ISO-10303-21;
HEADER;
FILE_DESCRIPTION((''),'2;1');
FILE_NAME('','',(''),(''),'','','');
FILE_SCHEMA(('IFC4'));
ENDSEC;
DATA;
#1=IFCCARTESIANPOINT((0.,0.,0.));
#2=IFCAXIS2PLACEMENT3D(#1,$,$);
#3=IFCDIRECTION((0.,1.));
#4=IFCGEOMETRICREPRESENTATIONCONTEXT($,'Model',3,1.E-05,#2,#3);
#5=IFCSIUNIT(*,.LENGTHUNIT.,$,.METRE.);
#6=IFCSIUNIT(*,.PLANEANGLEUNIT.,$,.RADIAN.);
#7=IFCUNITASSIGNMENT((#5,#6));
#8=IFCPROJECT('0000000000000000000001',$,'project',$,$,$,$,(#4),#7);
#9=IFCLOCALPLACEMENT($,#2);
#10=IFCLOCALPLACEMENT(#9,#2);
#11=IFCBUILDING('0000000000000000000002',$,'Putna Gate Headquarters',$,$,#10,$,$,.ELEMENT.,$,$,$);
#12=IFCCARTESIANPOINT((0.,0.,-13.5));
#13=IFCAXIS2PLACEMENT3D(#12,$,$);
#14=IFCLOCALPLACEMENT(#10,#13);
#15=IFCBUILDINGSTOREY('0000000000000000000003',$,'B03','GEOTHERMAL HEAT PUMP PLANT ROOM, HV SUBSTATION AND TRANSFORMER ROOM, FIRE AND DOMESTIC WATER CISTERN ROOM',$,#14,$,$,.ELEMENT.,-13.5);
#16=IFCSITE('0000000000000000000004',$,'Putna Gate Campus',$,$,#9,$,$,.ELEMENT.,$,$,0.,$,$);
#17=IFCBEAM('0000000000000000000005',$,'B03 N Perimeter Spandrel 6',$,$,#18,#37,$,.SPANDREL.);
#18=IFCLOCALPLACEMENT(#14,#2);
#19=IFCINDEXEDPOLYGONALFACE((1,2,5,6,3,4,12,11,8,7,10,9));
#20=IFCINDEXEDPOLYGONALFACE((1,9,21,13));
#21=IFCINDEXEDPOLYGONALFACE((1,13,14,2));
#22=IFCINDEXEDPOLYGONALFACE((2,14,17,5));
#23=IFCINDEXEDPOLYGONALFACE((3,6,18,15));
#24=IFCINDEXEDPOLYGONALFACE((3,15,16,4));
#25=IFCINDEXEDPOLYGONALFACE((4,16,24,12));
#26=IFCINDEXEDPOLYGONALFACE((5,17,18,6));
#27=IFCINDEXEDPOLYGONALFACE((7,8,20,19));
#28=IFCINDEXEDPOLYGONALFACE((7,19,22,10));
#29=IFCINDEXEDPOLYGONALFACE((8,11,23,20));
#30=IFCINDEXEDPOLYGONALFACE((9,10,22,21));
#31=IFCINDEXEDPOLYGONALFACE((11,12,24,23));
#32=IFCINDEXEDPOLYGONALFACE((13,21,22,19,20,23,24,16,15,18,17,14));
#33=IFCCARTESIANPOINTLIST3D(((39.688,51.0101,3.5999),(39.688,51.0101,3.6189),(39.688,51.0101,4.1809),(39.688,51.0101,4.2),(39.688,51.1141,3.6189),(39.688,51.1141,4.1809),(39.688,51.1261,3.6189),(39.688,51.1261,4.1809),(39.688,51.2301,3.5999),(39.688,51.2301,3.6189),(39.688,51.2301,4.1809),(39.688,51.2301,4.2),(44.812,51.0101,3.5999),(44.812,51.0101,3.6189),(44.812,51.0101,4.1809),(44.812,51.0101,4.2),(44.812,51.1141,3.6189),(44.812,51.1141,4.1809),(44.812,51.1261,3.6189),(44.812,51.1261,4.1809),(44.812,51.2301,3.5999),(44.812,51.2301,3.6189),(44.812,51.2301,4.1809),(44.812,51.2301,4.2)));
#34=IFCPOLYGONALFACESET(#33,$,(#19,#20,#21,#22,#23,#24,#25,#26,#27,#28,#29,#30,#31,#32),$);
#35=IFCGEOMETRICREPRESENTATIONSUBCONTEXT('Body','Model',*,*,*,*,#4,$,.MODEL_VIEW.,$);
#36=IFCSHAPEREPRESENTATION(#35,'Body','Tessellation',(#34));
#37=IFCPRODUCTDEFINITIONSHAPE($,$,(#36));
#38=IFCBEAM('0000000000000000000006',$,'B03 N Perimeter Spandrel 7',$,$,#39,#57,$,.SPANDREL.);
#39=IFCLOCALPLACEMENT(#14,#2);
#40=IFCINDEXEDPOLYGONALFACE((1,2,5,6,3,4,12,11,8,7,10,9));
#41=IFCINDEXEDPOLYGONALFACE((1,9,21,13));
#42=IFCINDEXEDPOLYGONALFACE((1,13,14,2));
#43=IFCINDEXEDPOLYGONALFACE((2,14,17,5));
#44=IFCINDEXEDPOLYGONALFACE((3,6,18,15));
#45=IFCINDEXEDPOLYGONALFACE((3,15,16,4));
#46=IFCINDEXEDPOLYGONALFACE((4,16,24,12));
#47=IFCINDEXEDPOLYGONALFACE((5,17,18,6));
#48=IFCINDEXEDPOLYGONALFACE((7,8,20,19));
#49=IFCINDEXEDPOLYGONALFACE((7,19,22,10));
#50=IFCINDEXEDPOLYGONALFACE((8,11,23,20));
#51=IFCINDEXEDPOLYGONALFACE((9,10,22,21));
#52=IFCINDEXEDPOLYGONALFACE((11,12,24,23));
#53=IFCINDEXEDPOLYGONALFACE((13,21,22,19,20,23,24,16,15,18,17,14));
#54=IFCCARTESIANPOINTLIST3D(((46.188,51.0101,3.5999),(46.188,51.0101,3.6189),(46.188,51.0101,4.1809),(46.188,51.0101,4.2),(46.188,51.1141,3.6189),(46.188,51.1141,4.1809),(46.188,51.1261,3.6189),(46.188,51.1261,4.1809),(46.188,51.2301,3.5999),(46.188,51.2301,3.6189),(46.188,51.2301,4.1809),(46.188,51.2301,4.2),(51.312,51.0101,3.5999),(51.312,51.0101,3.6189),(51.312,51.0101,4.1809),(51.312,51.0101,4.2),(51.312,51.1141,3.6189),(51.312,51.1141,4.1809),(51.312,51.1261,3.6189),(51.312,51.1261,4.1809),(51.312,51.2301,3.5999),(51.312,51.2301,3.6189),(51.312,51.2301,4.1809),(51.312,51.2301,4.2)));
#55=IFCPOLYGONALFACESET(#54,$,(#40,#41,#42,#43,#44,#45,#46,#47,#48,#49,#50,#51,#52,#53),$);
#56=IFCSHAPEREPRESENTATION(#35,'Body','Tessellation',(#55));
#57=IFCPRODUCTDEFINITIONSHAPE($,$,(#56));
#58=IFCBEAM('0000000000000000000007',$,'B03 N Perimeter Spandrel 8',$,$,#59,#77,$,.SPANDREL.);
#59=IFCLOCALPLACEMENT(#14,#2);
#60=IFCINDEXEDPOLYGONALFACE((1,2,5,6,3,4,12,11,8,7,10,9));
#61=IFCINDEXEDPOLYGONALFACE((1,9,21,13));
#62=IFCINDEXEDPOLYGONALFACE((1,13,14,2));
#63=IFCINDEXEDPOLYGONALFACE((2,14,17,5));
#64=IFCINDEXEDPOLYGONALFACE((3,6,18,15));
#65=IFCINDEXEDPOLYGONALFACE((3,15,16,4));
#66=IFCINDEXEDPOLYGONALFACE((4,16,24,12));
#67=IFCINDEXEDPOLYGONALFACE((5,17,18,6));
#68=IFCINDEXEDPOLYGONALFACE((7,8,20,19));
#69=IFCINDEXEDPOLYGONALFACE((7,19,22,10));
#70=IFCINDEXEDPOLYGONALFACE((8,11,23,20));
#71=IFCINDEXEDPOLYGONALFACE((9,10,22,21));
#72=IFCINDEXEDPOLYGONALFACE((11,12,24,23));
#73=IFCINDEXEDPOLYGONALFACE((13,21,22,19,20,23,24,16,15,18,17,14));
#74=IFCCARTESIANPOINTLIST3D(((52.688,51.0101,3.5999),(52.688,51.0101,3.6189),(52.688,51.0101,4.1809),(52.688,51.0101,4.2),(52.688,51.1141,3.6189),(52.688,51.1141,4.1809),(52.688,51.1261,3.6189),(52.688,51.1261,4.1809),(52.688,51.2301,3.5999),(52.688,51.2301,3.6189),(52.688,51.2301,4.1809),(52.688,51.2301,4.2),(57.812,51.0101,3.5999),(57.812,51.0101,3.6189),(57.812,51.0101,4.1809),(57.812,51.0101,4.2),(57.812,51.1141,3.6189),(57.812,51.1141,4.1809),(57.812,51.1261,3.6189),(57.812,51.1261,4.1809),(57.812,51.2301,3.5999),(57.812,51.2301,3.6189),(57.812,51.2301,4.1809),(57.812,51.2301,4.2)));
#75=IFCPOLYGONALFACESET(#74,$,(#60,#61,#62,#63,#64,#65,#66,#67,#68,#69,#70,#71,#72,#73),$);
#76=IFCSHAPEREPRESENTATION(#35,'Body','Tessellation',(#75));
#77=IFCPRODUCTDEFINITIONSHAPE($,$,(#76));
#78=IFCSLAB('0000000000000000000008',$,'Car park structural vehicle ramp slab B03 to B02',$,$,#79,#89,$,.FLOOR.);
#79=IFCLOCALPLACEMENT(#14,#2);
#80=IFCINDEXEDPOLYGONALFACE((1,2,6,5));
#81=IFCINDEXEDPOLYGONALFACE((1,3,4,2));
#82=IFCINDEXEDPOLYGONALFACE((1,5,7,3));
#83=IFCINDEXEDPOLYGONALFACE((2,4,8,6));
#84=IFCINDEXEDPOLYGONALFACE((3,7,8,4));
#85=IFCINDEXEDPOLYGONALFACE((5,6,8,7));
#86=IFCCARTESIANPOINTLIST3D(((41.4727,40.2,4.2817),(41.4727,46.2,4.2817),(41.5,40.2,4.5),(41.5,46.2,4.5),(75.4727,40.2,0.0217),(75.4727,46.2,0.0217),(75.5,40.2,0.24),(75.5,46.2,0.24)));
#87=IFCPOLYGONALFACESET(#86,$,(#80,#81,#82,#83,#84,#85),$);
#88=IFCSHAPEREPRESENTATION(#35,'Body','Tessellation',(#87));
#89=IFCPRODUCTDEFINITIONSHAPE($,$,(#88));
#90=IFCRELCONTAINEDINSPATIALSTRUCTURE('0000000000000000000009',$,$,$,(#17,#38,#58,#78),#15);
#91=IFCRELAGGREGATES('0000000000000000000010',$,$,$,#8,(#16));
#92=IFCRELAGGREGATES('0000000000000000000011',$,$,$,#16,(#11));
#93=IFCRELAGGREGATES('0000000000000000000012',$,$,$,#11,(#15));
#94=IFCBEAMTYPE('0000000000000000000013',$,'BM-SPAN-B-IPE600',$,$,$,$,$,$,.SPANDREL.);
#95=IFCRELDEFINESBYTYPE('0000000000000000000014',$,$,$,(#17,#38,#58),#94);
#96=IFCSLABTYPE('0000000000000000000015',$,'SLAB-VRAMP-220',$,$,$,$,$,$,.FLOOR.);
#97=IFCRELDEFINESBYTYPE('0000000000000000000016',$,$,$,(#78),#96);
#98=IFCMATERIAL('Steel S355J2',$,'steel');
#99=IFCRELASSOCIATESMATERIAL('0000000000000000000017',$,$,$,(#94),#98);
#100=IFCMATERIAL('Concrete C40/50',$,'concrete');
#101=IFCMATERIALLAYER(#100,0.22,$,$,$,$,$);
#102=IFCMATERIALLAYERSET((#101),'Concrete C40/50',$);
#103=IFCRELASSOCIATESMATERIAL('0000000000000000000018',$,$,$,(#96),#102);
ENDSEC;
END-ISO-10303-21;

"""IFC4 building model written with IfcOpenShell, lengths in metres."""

from ifc_helpers import new_model, si_unit, direction, frame, origin, origin_2d, place, context, subcontext, project, spatial, polyline, i_section, outline, extrude, material, layer, layer_set, material_profile, profile_set, type_object, element, save


model = new_model("IFC4")

# Units and contexts
model_context = context("Model", 3, precision=1e-05, world=origin(), true_north=direction((0.0, 1.0)))
body_context = subcontext(model_context, "Body", "Model", "MODEL_VIEW")
ifc_project = project(units=[si_unit("LENGTHUNIT", "METRE"), si_unit("PLANEANGLEUNIT", "RADIAN")], contexts=[model_context])

# Site, building, storey
site_placement = place(None, origin())
site = spatial("IfcSite", under=ifc_project, at=site_placement, Name="Putna Gate Campus", CompositionType="ELEMENT", RefElevation=0.0)
building_placement = place(site_placement, origin())
building = spatial("IfcBuilding", under=site, at=building_placement, Name="Putna Gate Headquarters", CompositionType="ELEMENT")
storey_placement = place(building_placement, frame((0.0, 0.0, -13.5)))
storey = spatial("IfcBuildingStorey", under=building, at=storey_placement, Name="B03", Description="GEOTHERMAL HEAT PUMP PLANT ROOM, HV SUBSTATION AND TRANSFORMER ROOM, FIRE AND DOMESTIC WATER CISTERN ROOM", CompositionType="ELEMENT", Elevation=-13.5)

# Shared definitions
ifc_material_1 = material(Name="Concrete C40/50", Category="concrete")

# Beams
ifc_material_2 = material(Name="Steel S355J2", Category="steel")
ifc_material_profile_1 = material_profile(ifc_material_2, i_section(OverallWidth=0.22, OverallDepth=0.6001, WebThickness=0.012, FlangeThickness=0.019, at=origin_2d()), Name="Steel S355J2")
ifc_profile_set_1 = profile_set([ifc_material_profile_1], Name="Steel S355J2")
beam_type_1 = type_object("IfcBeamType", Name="BM-SPAN-B-IPE600", PredefinedType="SPANDREL", material=ifc_profile_set_1)
for number, where, z_axis, x_axis, name in (
    (1, (39.688, 51.1201, 3.8999), (1.0, 0.0, 0.0), (0.0, 1.0, 0.0), "B03 N Perimeter Spandrel 6"),
    (2, (46.188, 51.1201, 3.8999), (1.0, 0.0, 0.0), (0.0, 1.0, 0.0), "B03 N Perimeter Spandrel 7"),
    (3, (52.688, 51.1201, 3.8999), (1.0, 0.0, 0.0), (0.0, 1.0, 0.0), "B03 N Perimeter Spandrel 8"),
):
    element("IfcBeam", number, at=place(storey_placement, frame(where, z_axis=z_axis, x_axis=x_axis)), inside=storey, type_object=beam_type_1, Name=name, PredefinedType="SPANDREL", context=body_context, shape_type="SweptSolid", body=[
        extrude(i_section(OverallWidth=0.22, OverallDepth=0.6001, WebThickness=0.012, FlangeThickness=0.019, at=origin_2d()), origin(), (0.0, 0.0, 1.0), 5.124),
    ])

# Slab
ifc_layer_1 = layer(ifc_material_1, 0.22)
ifc_layer_set_1 = layer_set([ifc_layer_1], Name="Concrete C40/50")
slab_type = type_object("IfcSlabType", Name="SLAB-VRAMP-220", PredefinedType="FLOOR", material=ifc_layer_set_1)
slab_placement = place(storey_placement, frame((41.5, 40.2, 4.5), z_axis=(0.124322, 0.0, 0.992242), x_axis=(0.992242, 0.0, -0.124322)))
element("IfcSlab", 4, at=slab_placement, inside=storey, type_object=slab_type, Name="Car park structural vehicle ramp slab B03 to B02", PredefinedType="FLOOR", context=body_context, shape_type="SweptSolid", body=[
    extrude(outline(polyline([(0.0, 0.0), (34.2658, 0.0), (34.2658, 6.0), (0.0, 6.0), (0.0, 0.0)])), origin(), (0.0, 0.0, -1.0), 0.22),
])

save(model, "model.ifc")
